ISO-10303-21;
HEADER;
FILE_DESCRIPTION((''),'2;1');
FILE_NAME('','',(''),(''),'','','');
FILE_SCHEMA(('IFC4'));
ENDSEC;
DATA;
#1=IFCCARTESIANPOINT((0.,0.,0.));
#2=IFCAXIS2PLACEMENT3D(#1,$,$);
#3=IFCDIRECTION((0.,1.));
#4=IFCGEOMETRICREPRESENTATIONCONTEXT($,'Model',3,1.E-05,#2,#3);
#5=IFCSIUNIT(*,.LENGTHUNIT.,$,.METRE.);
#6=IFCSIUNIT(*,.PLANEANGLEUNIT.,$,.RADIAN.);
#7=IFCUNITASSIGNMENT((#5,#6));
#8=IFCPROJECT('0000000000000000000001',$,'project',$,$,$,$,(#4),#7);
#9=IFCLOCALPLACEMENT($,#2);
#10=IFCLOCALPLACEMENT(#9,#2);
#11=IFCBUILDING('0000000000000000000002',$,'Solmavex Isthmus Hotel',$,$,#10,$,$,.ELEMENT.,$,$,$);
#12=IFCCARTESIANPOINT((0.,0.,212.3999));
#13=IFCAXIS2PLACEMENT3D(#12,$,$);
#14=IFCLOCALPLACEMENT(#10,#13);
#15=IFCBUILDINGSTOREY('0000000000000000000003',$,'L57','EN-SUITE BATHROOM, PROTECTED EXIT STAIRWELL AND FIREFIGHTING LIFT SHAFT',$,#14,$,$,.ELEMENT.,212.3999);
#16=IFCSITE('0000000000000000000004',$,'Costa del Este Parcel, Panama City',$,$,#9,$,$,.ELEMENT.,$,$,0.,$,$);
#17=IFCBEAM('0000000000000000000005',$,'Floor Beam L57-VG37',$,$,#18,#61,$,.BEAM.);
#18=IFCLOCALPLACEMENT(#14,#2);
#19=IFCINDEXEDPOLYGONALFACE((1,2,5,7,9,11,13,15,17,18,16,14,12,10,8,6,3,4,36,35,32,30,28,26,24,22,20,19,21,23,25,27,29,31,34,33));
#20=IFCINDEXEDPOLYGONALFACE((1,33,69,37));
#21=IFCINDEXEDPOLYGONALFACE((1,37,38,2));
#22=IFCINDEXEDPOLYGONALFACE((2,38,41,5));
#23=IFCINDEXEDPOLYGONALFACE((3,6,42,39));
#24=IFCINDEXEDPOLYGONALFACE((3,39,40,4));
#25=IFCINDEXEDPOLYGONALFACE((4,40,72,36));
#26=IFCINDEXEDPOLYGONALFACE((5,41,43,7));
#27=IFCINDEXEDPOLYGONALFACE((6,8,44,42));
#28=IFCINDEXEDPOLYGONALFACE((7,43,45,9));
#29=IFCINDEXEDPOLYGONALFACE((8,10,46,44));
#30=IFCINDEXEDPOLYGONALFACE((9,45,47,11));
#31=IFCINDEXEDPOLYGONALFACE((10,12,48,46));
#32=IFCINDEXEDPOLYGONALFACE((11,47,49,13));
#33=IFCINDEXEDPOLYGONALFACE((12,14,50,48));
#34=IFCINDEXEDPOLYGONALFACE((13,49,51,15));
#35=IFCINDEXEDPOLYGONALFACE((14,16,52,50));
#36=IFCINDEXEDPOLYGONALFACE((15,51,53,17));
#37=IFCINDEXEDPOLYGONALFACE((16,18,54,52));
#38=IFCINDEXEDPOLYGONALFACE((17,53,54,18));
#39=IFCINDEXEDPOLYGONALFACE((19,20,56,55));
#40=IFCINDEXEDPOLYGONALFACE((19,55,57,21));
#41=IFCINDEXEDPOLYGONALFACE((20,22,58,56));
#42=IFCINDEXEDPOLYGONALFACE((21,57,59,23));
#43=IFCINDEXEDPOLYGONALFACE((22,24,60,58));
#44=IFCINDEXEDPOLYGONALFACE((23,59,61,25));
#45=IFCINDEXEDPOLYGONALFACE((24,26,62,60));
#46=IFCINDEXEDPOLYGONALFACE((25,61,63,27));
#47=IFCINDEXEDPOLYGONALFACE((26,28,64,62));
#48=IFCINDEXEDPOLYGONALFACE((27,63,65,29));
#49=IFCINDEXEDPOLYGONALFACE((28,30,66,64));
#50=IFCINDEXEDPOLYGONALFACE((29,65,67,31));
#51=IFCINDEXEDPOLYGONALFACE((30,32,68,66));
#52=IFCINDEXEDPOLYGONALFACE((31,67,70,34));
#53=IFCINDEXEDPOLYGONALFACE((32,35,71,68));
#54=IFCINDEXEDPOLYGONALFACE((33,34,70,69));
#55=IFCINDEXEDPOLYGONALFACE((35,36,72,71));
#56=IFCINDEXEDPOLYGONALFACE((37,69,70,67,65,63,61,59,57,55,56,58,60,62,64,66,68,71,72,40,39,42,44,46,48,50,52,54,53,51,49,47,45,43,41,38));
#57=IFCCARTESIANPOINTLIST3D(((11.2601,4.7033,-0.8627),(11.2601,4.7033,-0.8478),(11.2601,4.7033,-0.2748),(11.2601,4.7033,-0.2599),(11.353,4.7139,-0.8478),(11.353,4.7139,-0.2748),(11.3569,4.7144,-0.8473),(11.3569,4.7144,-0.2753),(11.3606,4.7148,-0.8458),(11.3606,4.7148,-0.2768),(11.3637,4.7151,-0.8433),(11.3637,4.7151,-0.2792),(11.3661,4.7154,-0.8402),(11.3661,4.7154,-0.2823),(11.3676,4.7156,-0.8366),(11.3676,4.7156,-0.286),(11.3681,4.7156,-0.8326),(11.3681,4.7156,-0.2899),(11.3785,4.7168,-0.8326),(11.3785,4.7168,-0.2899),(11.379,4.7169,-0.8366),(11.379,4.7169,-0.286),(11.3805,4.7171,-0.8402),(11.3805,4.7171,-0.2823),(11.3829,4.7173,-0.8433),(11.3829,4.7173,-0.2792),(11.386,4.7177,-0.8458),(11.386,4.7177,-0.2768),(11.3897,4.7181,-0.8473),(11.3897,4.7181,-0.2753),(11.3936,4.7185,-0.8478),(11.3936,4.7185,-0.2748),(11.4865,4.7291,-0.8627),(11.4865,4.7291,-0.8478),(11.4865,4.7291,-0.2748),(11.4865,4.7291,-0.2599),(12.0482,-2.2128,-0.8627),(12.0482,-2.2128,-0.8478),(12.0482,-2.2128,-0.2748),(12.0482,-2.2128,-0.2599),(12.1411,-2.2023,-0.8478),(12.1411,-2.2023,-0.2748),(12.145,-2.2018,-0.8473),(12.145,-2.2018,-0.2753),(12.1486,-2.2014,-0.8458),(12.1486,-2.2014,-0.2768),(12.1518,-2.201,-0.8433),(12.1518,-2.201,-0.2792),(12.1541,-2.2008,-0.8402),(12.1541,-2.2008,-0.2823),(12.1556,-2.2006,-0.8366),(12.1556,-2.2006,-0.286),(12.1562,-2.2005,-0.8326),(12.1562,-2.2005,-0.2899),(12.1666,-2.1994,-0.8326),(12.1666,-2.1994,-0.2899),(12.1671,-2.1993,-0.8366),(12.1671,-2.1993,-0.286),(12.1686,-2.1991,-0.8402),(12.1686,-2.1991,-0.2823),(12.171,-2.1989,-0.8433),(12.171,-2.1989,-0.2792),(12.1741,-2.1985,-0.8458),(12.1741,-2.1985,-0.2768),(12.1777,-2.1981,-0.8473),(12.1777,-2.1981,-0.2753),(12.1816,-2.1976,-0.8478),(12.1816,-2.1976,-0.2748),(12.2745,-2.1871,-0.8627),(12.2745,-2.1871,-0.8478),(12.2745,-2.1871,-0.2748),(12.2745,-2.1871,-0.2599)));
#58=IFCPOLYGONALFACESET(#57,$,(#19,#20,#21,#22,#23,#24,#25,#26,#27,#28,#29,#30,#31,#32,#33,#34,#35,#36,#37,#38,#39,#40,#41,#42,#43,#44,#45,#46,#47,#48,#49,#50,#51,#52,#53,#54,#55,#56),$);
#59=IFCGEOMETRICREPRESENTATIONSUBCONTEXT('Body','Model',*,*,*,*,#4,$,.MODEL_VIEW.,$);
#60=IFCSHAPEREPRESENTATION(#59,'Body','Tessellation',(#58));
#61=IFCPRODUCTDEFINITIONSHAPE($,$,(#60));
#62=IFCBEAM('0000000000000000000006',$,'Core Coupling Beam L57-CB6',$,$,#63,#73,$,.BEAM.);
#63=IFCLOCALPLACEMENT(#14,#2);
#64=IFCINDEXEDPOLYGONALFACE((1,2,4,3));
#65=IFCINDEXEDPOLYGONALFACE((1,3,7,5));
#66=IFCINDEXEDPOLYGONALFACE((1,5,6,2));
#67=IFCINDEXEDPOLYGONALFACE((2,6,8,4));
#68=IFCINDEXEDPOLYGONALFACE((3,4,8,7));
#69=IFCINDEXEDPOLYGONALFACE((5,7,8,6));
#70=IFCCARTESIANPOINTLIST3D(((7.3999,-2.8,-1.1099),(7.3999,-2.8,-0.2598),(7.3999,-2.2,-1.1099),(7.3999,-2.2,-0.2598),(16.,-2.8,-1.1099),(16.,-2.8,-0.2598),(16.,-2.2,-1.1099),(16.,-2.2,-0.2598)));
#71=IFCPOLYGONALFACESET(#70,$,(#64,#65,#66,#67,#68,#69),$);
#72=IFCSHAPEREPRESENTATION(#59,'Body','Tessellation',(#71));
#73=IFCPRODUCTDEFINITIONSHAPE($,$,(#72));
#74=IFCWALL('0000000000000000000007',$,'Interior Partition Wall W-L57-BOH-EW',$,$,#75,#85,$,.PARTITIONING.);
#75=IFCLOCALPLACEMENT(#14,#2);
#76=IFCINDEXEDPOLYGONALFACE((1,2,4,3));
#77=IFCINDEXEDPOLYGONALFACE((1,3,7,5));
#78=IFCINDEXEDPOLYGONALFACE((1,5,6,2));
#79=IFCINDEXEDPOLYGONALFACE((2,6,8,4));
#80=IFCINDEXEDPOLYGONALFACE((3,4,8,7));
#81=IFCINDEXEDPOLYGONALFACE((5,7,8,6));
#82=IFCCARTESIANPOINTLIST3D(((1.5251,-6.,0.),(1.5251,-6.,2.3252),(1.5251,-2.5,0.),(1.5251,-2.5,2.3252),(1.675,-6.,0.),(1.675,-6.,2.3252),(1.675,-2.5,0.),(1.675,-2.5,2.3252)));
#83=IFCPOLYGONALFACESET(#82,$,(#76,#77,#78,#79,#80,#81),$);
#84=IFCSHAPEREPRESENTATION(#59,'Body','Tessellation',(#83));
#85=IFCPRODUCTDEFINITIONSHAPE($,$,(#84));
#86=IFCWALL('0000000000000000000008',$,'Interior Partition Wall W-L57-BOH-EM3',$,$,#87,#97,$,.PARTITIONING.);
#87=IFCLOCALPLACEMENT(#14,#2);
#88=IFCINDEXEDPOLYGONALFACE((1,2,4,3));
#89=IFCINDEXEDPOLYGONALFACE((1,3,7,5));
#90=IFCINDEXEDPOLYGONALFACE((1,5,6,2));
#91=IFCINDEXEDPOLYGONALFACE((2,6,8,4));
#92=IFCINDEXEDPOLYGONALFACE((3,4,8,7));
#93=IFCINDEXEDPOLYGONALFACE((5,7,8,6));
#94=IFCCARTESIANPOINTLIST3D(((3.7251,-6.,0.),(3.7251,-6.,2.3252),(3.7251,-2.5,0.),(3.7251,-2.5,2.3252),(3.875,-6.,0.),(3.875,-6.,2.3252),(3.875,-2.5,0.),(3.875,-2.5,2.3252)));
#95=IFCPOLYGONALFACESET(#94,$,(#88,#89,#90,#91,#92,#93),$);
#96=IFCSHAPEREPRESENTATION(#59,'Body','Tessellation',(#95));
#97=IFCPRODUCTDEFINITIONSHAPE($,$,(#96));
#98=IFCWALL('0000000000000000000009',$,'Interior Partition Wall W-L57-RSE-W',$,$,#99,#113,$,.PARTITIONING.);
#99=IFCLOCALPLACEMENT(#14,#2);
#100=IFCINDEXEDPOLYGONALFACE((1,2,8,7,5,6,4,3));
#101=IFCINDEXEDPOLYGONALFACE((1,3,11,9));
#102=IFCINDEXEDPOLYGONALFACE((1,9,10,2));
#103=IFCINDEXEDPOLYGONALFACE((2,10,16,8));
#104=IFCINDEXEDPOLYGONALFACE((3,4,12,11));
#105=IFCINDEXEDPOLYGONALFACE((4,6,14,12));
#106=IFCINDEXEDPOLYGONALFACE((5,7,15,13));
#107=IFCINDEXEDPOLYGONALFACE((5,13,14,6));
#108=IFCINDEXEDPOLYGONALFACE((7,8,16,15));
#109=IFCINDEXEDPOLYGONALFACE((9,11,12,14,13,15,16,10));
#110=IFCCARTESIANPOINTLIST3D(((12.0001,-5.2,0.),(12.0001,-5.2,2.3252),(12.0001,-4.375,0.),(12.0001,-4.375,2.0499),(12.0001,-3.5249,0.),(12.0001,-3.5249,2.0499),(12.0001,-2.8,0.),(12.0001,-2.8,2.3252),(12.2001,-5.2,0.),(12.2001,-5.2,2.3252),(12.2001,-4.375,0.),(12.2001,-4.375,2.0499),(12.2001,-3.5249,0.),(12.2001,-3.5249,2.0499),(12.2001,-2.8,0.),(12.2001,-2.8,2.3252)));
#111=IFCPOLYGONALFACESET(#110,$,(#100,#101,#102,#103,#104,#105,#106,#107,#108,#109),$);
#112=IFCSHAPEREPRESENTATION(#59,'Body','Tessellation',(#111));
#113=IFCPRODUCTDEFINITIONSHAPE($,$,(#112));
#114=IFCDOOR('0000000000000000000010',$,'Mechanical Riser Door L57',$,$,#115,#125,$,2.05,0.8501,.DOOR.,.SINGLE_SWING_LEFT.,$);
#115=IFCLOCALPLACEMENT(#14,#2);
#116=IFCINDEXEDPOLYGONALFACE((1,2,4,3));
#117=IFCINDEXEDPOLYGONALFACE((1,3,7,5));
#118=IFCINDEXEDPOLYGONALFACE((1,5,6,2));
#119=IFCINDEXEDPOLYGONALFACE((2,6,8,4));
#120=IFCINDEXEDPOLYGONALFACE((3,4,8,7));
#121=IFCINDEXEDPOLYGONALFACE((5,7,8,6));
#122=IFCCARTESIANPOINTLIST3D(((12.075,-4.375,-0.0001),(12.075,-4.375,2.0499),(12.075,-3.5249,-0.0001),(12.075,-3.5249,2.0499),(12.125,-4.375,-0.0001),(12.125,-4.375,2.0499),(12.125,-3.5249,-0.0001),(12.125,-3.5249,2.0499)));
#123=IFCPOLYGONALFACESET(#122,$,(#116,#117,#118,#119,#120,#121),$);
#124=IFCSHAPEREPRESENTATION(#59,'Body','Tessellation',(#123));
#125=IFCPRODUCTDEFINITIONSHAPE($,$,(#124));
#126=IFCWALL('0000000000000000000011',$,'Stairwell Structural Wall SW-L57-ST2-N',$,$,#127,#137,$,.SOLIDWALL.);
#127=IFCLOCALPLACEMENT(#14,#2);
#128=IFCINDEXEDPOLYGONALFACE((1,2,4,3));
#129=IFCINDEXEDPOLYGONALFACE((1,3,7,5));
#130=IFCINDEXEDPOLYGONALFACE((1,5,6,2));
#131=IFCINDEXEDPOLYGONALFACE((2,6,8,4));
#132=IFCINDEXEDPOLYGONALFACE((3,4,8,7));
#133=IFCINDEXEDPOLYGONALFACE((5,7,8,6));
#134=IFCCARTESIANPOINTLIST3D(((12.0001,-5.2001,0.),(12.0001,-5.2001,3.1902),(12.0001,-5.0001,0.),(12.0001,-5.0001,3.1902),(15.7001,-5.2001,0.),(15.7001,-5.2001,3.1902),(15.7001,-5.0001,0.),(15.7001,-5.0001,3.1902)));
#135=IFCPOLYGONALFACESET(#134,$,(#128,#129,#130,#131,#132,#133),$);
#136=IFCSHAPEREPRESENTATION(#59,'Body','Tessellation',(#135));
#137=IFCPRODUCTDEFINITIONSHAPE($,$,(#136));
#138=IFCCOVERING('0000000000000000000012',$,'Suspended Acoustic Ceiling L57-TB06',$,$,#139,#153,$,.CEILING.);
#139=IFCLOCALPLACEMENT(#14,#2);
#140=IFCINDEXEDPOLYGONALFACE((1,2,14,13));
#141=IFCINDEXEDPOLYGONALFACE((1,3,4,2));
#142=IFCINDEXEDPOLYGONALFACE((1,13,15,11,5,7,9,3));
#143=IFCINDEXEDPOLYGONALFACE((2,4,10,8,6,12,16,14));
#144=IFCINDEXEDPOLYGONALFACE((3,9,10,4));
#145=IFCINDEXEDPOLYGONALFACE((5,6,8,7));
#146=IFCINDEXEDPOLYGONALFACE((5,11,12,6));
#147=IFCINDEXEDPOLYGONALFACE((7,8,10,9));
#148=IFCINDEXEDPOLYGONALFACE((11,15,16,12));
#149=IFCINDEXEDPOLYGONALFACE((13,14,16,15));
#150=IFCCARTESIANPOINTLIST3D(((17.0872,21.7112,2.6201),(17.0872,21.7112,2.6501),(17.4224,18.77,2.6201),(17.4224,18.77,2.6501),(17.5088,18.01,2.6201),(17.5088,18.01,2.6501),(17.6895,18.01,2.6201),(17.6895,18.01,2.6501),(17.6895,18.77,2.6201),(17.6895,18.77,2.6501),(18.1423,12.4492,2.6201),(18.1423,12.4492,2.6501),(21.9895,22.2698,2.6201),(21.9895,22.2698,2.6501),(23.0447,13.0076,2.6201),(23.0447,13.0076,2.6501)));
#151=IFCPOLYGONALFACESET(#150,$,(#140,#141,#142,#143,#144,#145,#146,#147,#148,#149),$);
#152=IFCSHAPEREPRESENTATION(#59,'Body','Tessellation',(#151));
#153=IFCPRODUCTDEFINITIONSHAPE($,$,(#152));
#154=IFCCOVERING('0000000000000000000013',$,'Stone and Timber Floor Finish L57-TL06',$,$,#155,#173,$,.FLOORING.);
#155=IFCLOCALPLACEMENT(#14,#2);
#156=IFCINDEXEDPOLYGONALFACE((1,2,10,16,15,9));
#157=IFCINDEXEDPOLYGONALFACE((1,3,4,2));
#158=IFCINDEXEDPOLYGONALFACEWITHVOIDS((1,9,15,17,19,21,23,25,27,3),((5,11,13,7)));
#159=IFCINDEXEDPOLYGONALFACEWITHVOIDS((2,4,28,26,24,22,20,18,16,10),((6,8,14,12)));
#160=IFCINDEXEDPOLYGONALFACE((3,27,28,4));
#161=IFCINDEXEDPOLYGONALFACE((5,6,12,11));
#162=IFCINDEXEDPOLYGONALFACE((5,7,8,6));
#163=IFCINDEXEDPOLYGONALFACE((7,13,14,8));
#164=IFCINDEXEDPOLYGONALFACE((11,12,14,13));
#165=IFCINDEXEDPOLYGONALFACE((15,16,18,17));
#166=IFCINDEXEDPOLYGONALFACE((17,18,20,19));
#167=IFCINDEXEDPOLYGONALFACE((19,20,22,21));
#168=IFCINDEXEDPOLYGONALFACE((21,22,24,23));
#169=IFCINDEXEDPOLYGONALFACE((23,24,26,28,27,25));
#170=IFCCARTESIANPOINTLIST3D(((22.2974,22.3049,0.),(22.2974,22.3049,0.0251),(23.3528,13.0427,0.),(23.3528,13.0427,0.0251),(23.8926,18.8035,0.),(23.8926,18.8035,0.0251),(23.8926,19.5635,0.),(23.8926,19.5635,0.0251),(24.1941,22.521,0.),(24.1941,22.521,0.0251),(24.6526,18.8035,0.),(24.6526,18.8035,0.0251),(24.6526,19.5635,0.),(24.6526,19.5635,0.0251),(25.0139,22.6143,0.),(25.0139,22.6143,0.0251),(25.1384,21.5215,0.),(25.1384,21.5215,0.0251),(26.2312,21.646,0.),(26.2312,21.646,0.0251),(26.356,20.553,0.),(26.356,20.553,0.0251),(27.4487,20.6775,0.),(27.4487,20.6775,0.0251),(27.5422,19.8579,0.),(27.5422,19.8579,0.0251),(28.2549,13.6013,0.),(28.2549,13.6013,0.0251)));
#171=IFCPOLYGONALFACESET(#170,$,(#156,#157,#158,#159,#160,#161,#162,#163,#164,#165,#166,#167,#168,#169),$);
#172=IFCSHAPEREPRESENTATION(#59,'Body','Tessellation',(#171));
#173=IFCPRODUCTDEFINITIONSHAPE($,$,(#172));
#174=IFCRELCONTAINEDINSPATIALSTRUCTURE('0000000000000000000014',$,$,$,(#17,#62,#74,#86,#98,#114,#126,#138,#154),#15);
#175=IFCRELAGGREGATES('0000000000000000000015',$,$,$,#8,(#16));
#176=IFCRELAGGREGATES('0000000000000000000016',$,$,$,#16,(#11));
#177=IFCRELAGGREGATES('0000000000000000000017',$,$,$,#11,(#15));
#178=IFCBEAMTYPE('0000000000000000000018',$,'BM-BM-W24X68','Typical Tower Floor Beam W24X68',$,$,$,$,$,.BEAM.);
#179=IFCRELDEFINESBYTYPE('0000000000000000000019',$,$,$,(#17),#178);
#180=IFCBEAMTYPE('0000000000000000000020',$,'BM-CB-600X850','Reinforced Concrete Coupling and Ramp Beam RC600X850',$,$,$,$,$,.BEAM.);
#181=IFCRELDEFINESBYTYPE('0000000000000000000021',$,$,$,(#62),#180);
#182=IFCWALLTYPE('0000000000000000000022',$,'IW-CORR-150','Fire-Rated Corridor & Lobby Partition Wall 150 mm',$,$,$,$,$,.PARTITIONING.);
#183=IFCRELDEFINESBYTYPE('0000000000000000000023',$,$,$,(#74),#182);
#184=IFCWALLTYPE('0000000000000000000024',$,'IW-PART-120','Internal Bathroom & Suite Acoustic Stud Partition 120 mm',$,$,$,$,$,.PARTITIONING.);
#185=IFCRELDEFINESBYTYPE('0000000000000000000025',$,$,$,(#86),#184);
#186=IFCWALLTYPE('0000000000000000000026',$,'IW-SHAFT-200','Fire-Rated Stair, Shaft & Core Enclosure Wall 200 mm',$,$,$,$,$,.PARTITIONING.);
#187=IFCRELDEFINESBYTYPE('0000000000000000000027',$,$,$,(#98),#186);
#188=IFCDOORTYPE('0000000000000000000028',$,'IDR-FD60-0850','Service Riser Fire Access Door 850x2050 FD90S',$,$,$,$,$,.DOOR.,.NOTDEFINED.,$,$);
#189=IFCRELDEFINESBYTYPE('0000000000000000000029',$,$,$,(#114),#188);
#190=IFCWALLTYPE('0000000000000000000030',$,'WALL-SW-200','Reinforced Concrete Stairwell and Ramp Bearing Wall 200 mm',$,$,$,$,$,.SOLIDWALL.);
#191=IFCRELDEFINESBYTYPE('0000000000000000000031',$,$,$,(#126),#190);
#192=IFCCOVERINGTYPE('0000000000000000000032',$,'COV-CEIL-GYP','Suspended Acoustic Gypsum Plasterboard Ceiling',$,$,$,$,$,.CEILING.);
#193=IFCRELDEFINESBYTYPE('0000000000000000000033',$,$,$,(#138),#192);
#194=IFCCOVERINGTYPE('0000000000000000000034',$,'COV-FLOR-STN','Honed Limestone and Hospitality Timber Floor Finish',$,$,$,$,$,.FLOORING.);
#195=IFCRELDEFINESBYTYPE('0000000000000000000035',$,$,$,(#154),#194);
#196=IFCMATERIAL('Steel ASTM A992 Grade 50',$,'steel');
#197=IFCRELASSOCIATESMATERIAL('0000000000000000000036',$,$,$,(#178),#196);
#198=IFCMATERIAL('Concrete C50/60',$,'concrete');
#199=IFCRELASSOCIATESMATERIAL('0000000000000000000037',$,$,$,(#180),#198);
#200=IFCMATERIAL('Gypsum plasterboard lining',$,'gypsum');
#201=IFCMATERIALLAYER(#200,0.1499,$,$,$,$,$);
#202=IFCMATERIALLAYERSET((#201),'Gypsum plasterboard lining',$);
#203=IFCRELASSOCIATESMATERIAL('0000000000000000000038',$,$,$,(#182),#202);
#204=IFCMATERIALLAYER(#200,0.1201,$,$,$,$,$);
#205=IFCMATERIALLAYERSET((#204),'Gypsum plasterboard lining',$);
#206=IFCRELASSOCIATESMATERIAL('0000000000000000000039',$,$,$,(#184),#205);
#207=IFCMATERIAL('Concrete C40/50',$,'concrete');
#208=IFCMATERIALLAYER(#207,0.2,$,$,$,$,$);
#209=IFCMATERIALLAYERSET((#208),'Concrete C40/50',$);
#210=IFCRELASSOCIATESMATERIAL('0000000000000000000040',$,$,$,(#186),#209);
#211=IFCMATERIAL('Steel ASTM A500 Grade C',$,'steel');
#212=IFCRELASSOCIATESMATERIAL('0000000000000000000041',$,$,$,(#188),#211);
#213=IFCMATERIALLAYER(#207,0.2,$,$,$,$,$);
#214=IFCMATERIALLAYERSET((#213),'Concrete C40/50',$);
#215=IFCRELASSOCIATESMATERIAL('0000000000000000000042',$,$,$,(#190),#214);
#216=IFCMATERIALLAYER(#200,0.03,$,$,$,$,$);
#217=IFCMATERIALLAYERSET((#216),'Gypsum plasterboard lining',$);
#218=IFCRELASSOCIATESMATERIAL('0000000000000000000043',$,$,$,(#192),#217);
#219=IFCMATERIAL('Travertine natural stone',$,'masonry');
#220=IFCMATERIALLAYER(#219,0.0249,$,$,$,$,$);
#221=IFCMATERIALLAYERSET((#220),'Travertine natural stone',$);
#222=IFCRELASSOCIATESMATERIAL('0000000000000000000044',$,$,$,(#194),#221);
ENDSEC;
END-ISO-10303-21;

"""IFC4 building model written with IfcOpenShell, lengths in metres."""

from ifc_helpers import new_model, si_unit, direction, frame, frame_2d, origin, origin_2d, place, context, subcontext, project, spatial, polyline, rectangle, i_section, outline, extrude, material, layer, layer_set, material_profile, profile_set, type_object, element, fill, save


model = new_model("IFC4")

# Units and contexts
model_context = context("Model", 3, precision=1e-05, world=origin(), true_north=direction((0.0, 1.0)))
body_context = subcontext(model_context, "Body", "Model", "MODEL_VIEW")
ifc_project = project(units=[si_unit("LENGTHUNIT", "METRE"), si_unit("PLANEANGLEUNIT", "RADIAN")], contexts=[model_context])

# Site, building, storey
site_placement = place(None, origin())
site = spatial("IfcSite", under=ifc_project, at=site_placement, Name="Costa del Este Parcel, Panama City", CompositionType="ELEMENT", RefElevation=0.0)
building_placement = place(site_placement, origin())
building = spatial("IfcBuilding", under=site, at=building_placement, Name="Solmavex Isthmus Hotel", CompositionType="ELEMENT")
storey_placement = place(building_placement, frame((0.0, 0.0, 212.3999)))
storey = spatial("IfcBuildingStorey", under=building, at=storey_placement, Name="L57", Description="EN-SUITE BATHROOM, PROTECTED EXIT STAIRWELL AND FIREFIGHTING LIFT SHAFT", CompositionType="ELEMENT", Elevation=212.3999)

# Shared definitions
ifc_material_1 = material(Name="Concrete C50/60", Category="concrete")

# Beams
ifc_material_2 = material(Name="Steel ASTM A992 Grade 50", Category="steel")
ifc_material_profile_1 = material_profile(ifc_material_2, i_section(OverallWidth=0.2278, OverallDepth=0.6028, WebThickness=0.0105, FlangeThickness=0.0149, FilletRadius=0.0151, at=origin_2d()), Name="W24X68")
ifc_profile_set_1 = profile_set([ifc_material_profile_1], Name="Steel ASTM A992 Grade 50")
beam_type_1 = type_object("IfcBeamType", Name="BM-BM-W24X68", Description="Typical Tower Floor Beam W24X68", PredefinedType="BEAM", material=ifc_profile_set_1)
beam_1_placement = place(storey_placement, frame((12.1614, -2.2, -0.5613), z_axis=(-0.113214, 0.993571, 0.0), x_axis=(-0.993571, -0.113214, 0.0)))
element("IfcBeam", 1, at=beam_1_placement, inside=storey, type_object=beam_type_1, Name="Floor Beam L57-VG37", PredefinedType="BEAM", context=body_context, shape_type="SweptSolid", body=[
    extrude(i_section(OverallWidth=0.2278, OverallDepth=0.6028, WebThickness=0.0105, FlangeThickness=0.0149, FilletRadius=0.0151, at=origin_2d()), origin(), (0.0, 0.0, 1.0), 6.9609),
])
ifc_material_profile_2 = material_profile(ifc_material_1, rectangle(XDim=0.6001, YDim=0.8501, at=origin_2d()), Name="RC600X850")
ifc_profile_set_2 = profile_set([ifc_material_profile_2], Name="Concrete C50/60")
beam_type_2 = type_object("IfcBeamType", Name="BM-CB-600X850", Description="Reinforced Concrete Coupling and Ramp Beam RC600X850", PredefinedType="BEAM", material=ifc_profile_set_2)
beam_2_placement = place(storey_placement, frame((7.3999, -2.5, -0.6848), z_axis=(1.0, 0.0, 0.0), x_axis=(0.0, 1.0, 0.0)))
element("IfcBeam", 2, at=beam_2_placement, inside=storey, type_object=beam_type_2, Name="Core Coupling Beam L57-CB6", PredefinedType="BEAM", context=body_context, shape_type="SweptSolid", body=[
    extrude(rectangle(XDim=0.6001, YDim=0.8501, at=origin_2d()), origin(), (0.0, 0.0, 1.0), 8.6001),
])

# Walls
ifc_material_3 = material(Name="Gypsum plasterboard lining", Category="gypsum")
ifc_layer_1 = layer(ifc_material_3, 0.1499)
ifc_layer_set_1 = layer_set([ifc_layer_1], Name="Gypsum plasterboard lining")
wall_type_1 = type_object("IfcWallType", Name="IW-CORR-150", Description="Fire-Rated Corridor & Lobby Partition Wall 150 mm", PredefinedType="PARTITIONING", material=ifc_layer_set_1)
wall_1_placement = place(storey_placement, frame((1.6001, -6.0, 0.0), z_axis=(0.0, 0.0, 1.0), x_axis=(0.0, 1.0, 0.0)))
element("IfcWall", 3, at=wall_1_placement, inside=storey, type_object=wall_type_1, Name="Interior Partition Wall W-L57-BOH-EW", PredefinedType="PARTITIONING", context=body_context, shape_type="SweptSolid", body=[
    extrude(rectangle(XDim=3.5, YDim=0.1499, at=frame_2d((1.75, 0.0))), origin(), (0.0, 0.0, 1.0), 2.3252),
])
ifc_layer_2 = layer(ifc_material_3, 0.1201)
ifc_layer_set_2 = layer_set([ifc_layer_2], Name="Gypsum plasterboard lining")
wall_type_2 = type_object("IfcWallType", Name="IW-PART-120", Description="Internal Bathroom & Suite Acoustic Stud Partition 120 mm", PredefinedType="PARTITIONING", material=ifc_layer_set_2)
wall_2_placement = place(storey_placement, frame((3.8, -6.0, 0.0), z_axis=(0.0, 0.0, 1.0), x_axis=(0.0, 1.0, 0.0)))
element("IfcWall", 4, at=wall_2_placement, inside=storey, type_object=wall_type_2, Name="Interior Partition Wall W-L57-BOH-EM3", PredefinedType="PARTITIONING", context=body_context, shape_type="SweptSolid", body=[
    extrude(rectangle(XDim=3.5, YDim=0.1499, at=frame_2d((1.75, 0.0))), origin(), (0.0, 0.0, 1.0), 2.3252),
])

# Wall, opening, door
ifc_material_4 = material(Name="Concrete C40/50", Category="concrete")
ifc_layer_3 = layer(ifc_material_4, 0.2)
ifc_layer_set_3 = layer_set([ifc_layer_3], Name="Concrete C40/50")
wall_type_3 = type_object("IfcWallType", Name="IW-SHAFT-200", Description="Fire-Rated Stair, Shaft & Core Enclosure Wall 200 mm", PredefinedType="PARTITIONING", material=ifc_layer_set_3)
wall_3_placement = place(storey_placement, frame((12.1001, -5.2, 0.0), z_axis=(0.0, 0.0, 1.0), x_axis=(0.0, 1.0, 0.0)))
wall_3 = element("IfcWall", 5, at=wall_3_placement, inside=storey, type_object=wall_type_3, Name="Interior Partition Wall W-L57-RSE-W", PredefinedType="PARTITIONING", context=body_context, shape_type="SweptSolid", body=[
    extrude(rectangle(XDim=2.3999, YDim=0.2, at=frame_2d((1.2, 0.0))), origin(), (0.0, 0.0, 1.0), 2.3252),
])
opening_placement = place(wall_3_placement, frame((0.825, 0.0, 0.0)))
opening = element("IfcOpeningElement", 6, at=opening_placement, cuts=wall_3, PredefinedType="OPENING", context=body_context, shape_type="SweptSolid", body=[
    extrude(rectangle(XDim=0.8501, YDim=2.05, at=frame_2d((0.425, 1.0249))), frame((0.0, 0.1099, 0.0), z_axis=(0.0, -1.0, 0.0), x_axis=(1.0, 0.0, 0.0)), (0.0, 0.0, 1.0), 0.22),
])
ifc_material_5 = material(Name="Steel ASTM A500 Grade C", Category="steel")
door_type = type_object("IfcDoorType", Name="IDR-FD60-0850", Description="Service Riser Fire Access Door 850x2050 FD90S", OperationType="NOTDEFINED", PredefinedType="DOOR", material=ifc_material_5)
door_placement = place(opening_placement, frame((0.8501, 0.0, 0.0), z_axis=(0.0, 0.0, 1.0), x_axis=(-1.0, 0.0, 0.0)))
door = element("IfcDoor", 7, at=door_placement, inside=storey, type_object=door_type, Name="Mechanical Riser Door L57", OperationType="SINGLE_SWING_LEFT", OverallHeight=2.05, OverallWidth=0.8501, PredefinedType="DOOR", context=body_context, shape_type="SweptSolid", body=[
    extrude(rectangle(XDim=0.8501, YDim=2.05, at=frame_2d((0.425, 1.0249))), frame((0.0, 0.0249, 0.0), z_axis=(0.0, -1.0, 0.0), x_axis=(1.0, 0.0, 0.0)), (0.0, 0.0, 1.0), 0.05),
])
fill(opening, door)

# Wall
ifc_layer_4 = layer(ifc_material_4, 0.2)
ifc_layer_set_4 = layer_set([ifc_layer_4], Name="Concrete C40/50")
wall_type_4 = type_object("IfcWallType", Name="WALL-SW-200", Description="Reinforced Concrete Stairwell and Ramp Bearing Wall 200 mm", PredefinedType="SOLIDWALL", material=ifc_layer_set_4)
wall_4_placement = place(storey_placement, frame((12.0, -5.1001, 0.0), z_axis=(0.0, 0.0, 1.0), x_axis=(1.0, 0.0, 0.0)))
element("IfcWall", 8, at=wall_4_placement, inside=storey, type_object=wall_type_4, Name="Stairwell Structural Wall SW-L57-ST2-N", PredefinedType="SOLIDWALL", context=body_context, shape_type="SweptSolid", body=[
    extrude(rectangle(XDim=3.7, YDim=0.2, at=frame_2d((1.8501, 0.0))), origin(), (0.0, 0.0, 1.0), 3.1902),
])

# Coverings
ifc_layer_5 = layer(ifc_material_3, 0.03)
ifc_layer_set_5 = layer_set([ifc_layer_5], Name="Gypsum plasterboard lining")
covering_type_1 = type_object("IfcCoveringType", Name="COV-CEIL-GYP", Description="Suspended Acoustic Gypsum Plasterboard Ceiling", PredefinedType="CEILING", material=ifc_layer_set_5)
covering_1_placement = place(storey_placement, frame((0.0, 0.0, 2.6201)))
element("IfcCovering", 9, at=covering_1_placement, inside=storey, type_object=covering_type_1, Name="Suspended Acoustic Ceiling L57-TB06", PredefinedType="CEILING", context=body_context, shape_type="SweptSolid", body=[
    extrude(outline(polyline([(17.4224, 18.77), (17.6895, 18.77), (17.6895, 18.01), (17.5088, 18.01), (18.1423, 12.4492), (23.0447, 13.0076), (21.9895, 22.2698), (17.0872, 21.7112), (17.4224, 18.77)])), origin(), (0.0, 0.0, 1.0), 0.03),
])
ifc_material_6 = material(Name="Travertine natural stone", Category="masonry")
ifc_layer_6 = layer(ifc_material_6, 0.0249)
ifc_layer_set_6 = layer_set([ifc_layer_6], Name="Travertine natural stone")
covering_type_2 = type_object("IfcCoveringType", Name="COV-FLOR-STN", Description="Honed Limestone and Hospitality Timber Floor Finish", PredefinedType="FLOORING", material=ifc_layer_set_6)
covering_2_placement = place(storey_placement, origin())
element("IfcCovering", 10, at=covering_2_placement, inside=storey, type_object=covering_type_2, Name="Stone and Timber Floor Finish L57-TL06", PredefinedType="FLOORING", context=body_context, shape_type="SweptSolid", body=[
    extrude(outline(polyline([(25.0139, 22.6143), (24.1941, 22.521), (22.2974, 22.3049), (23.3528, 13.0427), (28.2549, 13.6013), (27.5422, 19.8579), (27.4487, 20.6775), (26.356, 20.553), (26.2312, 21.646), (25.1384, 21.5215), (25.0139, 22.6143)]), holes=[polyline([(23.8926, 19.5635), (24.6526, 19.5635), (24.6526, 18.8035), (23.8926, 18.8035), (23.8926, 19.5635)])]), origin(), (0.0, 0.0, 1.0), 0.0251),
])

save(model, "model.ifc")
